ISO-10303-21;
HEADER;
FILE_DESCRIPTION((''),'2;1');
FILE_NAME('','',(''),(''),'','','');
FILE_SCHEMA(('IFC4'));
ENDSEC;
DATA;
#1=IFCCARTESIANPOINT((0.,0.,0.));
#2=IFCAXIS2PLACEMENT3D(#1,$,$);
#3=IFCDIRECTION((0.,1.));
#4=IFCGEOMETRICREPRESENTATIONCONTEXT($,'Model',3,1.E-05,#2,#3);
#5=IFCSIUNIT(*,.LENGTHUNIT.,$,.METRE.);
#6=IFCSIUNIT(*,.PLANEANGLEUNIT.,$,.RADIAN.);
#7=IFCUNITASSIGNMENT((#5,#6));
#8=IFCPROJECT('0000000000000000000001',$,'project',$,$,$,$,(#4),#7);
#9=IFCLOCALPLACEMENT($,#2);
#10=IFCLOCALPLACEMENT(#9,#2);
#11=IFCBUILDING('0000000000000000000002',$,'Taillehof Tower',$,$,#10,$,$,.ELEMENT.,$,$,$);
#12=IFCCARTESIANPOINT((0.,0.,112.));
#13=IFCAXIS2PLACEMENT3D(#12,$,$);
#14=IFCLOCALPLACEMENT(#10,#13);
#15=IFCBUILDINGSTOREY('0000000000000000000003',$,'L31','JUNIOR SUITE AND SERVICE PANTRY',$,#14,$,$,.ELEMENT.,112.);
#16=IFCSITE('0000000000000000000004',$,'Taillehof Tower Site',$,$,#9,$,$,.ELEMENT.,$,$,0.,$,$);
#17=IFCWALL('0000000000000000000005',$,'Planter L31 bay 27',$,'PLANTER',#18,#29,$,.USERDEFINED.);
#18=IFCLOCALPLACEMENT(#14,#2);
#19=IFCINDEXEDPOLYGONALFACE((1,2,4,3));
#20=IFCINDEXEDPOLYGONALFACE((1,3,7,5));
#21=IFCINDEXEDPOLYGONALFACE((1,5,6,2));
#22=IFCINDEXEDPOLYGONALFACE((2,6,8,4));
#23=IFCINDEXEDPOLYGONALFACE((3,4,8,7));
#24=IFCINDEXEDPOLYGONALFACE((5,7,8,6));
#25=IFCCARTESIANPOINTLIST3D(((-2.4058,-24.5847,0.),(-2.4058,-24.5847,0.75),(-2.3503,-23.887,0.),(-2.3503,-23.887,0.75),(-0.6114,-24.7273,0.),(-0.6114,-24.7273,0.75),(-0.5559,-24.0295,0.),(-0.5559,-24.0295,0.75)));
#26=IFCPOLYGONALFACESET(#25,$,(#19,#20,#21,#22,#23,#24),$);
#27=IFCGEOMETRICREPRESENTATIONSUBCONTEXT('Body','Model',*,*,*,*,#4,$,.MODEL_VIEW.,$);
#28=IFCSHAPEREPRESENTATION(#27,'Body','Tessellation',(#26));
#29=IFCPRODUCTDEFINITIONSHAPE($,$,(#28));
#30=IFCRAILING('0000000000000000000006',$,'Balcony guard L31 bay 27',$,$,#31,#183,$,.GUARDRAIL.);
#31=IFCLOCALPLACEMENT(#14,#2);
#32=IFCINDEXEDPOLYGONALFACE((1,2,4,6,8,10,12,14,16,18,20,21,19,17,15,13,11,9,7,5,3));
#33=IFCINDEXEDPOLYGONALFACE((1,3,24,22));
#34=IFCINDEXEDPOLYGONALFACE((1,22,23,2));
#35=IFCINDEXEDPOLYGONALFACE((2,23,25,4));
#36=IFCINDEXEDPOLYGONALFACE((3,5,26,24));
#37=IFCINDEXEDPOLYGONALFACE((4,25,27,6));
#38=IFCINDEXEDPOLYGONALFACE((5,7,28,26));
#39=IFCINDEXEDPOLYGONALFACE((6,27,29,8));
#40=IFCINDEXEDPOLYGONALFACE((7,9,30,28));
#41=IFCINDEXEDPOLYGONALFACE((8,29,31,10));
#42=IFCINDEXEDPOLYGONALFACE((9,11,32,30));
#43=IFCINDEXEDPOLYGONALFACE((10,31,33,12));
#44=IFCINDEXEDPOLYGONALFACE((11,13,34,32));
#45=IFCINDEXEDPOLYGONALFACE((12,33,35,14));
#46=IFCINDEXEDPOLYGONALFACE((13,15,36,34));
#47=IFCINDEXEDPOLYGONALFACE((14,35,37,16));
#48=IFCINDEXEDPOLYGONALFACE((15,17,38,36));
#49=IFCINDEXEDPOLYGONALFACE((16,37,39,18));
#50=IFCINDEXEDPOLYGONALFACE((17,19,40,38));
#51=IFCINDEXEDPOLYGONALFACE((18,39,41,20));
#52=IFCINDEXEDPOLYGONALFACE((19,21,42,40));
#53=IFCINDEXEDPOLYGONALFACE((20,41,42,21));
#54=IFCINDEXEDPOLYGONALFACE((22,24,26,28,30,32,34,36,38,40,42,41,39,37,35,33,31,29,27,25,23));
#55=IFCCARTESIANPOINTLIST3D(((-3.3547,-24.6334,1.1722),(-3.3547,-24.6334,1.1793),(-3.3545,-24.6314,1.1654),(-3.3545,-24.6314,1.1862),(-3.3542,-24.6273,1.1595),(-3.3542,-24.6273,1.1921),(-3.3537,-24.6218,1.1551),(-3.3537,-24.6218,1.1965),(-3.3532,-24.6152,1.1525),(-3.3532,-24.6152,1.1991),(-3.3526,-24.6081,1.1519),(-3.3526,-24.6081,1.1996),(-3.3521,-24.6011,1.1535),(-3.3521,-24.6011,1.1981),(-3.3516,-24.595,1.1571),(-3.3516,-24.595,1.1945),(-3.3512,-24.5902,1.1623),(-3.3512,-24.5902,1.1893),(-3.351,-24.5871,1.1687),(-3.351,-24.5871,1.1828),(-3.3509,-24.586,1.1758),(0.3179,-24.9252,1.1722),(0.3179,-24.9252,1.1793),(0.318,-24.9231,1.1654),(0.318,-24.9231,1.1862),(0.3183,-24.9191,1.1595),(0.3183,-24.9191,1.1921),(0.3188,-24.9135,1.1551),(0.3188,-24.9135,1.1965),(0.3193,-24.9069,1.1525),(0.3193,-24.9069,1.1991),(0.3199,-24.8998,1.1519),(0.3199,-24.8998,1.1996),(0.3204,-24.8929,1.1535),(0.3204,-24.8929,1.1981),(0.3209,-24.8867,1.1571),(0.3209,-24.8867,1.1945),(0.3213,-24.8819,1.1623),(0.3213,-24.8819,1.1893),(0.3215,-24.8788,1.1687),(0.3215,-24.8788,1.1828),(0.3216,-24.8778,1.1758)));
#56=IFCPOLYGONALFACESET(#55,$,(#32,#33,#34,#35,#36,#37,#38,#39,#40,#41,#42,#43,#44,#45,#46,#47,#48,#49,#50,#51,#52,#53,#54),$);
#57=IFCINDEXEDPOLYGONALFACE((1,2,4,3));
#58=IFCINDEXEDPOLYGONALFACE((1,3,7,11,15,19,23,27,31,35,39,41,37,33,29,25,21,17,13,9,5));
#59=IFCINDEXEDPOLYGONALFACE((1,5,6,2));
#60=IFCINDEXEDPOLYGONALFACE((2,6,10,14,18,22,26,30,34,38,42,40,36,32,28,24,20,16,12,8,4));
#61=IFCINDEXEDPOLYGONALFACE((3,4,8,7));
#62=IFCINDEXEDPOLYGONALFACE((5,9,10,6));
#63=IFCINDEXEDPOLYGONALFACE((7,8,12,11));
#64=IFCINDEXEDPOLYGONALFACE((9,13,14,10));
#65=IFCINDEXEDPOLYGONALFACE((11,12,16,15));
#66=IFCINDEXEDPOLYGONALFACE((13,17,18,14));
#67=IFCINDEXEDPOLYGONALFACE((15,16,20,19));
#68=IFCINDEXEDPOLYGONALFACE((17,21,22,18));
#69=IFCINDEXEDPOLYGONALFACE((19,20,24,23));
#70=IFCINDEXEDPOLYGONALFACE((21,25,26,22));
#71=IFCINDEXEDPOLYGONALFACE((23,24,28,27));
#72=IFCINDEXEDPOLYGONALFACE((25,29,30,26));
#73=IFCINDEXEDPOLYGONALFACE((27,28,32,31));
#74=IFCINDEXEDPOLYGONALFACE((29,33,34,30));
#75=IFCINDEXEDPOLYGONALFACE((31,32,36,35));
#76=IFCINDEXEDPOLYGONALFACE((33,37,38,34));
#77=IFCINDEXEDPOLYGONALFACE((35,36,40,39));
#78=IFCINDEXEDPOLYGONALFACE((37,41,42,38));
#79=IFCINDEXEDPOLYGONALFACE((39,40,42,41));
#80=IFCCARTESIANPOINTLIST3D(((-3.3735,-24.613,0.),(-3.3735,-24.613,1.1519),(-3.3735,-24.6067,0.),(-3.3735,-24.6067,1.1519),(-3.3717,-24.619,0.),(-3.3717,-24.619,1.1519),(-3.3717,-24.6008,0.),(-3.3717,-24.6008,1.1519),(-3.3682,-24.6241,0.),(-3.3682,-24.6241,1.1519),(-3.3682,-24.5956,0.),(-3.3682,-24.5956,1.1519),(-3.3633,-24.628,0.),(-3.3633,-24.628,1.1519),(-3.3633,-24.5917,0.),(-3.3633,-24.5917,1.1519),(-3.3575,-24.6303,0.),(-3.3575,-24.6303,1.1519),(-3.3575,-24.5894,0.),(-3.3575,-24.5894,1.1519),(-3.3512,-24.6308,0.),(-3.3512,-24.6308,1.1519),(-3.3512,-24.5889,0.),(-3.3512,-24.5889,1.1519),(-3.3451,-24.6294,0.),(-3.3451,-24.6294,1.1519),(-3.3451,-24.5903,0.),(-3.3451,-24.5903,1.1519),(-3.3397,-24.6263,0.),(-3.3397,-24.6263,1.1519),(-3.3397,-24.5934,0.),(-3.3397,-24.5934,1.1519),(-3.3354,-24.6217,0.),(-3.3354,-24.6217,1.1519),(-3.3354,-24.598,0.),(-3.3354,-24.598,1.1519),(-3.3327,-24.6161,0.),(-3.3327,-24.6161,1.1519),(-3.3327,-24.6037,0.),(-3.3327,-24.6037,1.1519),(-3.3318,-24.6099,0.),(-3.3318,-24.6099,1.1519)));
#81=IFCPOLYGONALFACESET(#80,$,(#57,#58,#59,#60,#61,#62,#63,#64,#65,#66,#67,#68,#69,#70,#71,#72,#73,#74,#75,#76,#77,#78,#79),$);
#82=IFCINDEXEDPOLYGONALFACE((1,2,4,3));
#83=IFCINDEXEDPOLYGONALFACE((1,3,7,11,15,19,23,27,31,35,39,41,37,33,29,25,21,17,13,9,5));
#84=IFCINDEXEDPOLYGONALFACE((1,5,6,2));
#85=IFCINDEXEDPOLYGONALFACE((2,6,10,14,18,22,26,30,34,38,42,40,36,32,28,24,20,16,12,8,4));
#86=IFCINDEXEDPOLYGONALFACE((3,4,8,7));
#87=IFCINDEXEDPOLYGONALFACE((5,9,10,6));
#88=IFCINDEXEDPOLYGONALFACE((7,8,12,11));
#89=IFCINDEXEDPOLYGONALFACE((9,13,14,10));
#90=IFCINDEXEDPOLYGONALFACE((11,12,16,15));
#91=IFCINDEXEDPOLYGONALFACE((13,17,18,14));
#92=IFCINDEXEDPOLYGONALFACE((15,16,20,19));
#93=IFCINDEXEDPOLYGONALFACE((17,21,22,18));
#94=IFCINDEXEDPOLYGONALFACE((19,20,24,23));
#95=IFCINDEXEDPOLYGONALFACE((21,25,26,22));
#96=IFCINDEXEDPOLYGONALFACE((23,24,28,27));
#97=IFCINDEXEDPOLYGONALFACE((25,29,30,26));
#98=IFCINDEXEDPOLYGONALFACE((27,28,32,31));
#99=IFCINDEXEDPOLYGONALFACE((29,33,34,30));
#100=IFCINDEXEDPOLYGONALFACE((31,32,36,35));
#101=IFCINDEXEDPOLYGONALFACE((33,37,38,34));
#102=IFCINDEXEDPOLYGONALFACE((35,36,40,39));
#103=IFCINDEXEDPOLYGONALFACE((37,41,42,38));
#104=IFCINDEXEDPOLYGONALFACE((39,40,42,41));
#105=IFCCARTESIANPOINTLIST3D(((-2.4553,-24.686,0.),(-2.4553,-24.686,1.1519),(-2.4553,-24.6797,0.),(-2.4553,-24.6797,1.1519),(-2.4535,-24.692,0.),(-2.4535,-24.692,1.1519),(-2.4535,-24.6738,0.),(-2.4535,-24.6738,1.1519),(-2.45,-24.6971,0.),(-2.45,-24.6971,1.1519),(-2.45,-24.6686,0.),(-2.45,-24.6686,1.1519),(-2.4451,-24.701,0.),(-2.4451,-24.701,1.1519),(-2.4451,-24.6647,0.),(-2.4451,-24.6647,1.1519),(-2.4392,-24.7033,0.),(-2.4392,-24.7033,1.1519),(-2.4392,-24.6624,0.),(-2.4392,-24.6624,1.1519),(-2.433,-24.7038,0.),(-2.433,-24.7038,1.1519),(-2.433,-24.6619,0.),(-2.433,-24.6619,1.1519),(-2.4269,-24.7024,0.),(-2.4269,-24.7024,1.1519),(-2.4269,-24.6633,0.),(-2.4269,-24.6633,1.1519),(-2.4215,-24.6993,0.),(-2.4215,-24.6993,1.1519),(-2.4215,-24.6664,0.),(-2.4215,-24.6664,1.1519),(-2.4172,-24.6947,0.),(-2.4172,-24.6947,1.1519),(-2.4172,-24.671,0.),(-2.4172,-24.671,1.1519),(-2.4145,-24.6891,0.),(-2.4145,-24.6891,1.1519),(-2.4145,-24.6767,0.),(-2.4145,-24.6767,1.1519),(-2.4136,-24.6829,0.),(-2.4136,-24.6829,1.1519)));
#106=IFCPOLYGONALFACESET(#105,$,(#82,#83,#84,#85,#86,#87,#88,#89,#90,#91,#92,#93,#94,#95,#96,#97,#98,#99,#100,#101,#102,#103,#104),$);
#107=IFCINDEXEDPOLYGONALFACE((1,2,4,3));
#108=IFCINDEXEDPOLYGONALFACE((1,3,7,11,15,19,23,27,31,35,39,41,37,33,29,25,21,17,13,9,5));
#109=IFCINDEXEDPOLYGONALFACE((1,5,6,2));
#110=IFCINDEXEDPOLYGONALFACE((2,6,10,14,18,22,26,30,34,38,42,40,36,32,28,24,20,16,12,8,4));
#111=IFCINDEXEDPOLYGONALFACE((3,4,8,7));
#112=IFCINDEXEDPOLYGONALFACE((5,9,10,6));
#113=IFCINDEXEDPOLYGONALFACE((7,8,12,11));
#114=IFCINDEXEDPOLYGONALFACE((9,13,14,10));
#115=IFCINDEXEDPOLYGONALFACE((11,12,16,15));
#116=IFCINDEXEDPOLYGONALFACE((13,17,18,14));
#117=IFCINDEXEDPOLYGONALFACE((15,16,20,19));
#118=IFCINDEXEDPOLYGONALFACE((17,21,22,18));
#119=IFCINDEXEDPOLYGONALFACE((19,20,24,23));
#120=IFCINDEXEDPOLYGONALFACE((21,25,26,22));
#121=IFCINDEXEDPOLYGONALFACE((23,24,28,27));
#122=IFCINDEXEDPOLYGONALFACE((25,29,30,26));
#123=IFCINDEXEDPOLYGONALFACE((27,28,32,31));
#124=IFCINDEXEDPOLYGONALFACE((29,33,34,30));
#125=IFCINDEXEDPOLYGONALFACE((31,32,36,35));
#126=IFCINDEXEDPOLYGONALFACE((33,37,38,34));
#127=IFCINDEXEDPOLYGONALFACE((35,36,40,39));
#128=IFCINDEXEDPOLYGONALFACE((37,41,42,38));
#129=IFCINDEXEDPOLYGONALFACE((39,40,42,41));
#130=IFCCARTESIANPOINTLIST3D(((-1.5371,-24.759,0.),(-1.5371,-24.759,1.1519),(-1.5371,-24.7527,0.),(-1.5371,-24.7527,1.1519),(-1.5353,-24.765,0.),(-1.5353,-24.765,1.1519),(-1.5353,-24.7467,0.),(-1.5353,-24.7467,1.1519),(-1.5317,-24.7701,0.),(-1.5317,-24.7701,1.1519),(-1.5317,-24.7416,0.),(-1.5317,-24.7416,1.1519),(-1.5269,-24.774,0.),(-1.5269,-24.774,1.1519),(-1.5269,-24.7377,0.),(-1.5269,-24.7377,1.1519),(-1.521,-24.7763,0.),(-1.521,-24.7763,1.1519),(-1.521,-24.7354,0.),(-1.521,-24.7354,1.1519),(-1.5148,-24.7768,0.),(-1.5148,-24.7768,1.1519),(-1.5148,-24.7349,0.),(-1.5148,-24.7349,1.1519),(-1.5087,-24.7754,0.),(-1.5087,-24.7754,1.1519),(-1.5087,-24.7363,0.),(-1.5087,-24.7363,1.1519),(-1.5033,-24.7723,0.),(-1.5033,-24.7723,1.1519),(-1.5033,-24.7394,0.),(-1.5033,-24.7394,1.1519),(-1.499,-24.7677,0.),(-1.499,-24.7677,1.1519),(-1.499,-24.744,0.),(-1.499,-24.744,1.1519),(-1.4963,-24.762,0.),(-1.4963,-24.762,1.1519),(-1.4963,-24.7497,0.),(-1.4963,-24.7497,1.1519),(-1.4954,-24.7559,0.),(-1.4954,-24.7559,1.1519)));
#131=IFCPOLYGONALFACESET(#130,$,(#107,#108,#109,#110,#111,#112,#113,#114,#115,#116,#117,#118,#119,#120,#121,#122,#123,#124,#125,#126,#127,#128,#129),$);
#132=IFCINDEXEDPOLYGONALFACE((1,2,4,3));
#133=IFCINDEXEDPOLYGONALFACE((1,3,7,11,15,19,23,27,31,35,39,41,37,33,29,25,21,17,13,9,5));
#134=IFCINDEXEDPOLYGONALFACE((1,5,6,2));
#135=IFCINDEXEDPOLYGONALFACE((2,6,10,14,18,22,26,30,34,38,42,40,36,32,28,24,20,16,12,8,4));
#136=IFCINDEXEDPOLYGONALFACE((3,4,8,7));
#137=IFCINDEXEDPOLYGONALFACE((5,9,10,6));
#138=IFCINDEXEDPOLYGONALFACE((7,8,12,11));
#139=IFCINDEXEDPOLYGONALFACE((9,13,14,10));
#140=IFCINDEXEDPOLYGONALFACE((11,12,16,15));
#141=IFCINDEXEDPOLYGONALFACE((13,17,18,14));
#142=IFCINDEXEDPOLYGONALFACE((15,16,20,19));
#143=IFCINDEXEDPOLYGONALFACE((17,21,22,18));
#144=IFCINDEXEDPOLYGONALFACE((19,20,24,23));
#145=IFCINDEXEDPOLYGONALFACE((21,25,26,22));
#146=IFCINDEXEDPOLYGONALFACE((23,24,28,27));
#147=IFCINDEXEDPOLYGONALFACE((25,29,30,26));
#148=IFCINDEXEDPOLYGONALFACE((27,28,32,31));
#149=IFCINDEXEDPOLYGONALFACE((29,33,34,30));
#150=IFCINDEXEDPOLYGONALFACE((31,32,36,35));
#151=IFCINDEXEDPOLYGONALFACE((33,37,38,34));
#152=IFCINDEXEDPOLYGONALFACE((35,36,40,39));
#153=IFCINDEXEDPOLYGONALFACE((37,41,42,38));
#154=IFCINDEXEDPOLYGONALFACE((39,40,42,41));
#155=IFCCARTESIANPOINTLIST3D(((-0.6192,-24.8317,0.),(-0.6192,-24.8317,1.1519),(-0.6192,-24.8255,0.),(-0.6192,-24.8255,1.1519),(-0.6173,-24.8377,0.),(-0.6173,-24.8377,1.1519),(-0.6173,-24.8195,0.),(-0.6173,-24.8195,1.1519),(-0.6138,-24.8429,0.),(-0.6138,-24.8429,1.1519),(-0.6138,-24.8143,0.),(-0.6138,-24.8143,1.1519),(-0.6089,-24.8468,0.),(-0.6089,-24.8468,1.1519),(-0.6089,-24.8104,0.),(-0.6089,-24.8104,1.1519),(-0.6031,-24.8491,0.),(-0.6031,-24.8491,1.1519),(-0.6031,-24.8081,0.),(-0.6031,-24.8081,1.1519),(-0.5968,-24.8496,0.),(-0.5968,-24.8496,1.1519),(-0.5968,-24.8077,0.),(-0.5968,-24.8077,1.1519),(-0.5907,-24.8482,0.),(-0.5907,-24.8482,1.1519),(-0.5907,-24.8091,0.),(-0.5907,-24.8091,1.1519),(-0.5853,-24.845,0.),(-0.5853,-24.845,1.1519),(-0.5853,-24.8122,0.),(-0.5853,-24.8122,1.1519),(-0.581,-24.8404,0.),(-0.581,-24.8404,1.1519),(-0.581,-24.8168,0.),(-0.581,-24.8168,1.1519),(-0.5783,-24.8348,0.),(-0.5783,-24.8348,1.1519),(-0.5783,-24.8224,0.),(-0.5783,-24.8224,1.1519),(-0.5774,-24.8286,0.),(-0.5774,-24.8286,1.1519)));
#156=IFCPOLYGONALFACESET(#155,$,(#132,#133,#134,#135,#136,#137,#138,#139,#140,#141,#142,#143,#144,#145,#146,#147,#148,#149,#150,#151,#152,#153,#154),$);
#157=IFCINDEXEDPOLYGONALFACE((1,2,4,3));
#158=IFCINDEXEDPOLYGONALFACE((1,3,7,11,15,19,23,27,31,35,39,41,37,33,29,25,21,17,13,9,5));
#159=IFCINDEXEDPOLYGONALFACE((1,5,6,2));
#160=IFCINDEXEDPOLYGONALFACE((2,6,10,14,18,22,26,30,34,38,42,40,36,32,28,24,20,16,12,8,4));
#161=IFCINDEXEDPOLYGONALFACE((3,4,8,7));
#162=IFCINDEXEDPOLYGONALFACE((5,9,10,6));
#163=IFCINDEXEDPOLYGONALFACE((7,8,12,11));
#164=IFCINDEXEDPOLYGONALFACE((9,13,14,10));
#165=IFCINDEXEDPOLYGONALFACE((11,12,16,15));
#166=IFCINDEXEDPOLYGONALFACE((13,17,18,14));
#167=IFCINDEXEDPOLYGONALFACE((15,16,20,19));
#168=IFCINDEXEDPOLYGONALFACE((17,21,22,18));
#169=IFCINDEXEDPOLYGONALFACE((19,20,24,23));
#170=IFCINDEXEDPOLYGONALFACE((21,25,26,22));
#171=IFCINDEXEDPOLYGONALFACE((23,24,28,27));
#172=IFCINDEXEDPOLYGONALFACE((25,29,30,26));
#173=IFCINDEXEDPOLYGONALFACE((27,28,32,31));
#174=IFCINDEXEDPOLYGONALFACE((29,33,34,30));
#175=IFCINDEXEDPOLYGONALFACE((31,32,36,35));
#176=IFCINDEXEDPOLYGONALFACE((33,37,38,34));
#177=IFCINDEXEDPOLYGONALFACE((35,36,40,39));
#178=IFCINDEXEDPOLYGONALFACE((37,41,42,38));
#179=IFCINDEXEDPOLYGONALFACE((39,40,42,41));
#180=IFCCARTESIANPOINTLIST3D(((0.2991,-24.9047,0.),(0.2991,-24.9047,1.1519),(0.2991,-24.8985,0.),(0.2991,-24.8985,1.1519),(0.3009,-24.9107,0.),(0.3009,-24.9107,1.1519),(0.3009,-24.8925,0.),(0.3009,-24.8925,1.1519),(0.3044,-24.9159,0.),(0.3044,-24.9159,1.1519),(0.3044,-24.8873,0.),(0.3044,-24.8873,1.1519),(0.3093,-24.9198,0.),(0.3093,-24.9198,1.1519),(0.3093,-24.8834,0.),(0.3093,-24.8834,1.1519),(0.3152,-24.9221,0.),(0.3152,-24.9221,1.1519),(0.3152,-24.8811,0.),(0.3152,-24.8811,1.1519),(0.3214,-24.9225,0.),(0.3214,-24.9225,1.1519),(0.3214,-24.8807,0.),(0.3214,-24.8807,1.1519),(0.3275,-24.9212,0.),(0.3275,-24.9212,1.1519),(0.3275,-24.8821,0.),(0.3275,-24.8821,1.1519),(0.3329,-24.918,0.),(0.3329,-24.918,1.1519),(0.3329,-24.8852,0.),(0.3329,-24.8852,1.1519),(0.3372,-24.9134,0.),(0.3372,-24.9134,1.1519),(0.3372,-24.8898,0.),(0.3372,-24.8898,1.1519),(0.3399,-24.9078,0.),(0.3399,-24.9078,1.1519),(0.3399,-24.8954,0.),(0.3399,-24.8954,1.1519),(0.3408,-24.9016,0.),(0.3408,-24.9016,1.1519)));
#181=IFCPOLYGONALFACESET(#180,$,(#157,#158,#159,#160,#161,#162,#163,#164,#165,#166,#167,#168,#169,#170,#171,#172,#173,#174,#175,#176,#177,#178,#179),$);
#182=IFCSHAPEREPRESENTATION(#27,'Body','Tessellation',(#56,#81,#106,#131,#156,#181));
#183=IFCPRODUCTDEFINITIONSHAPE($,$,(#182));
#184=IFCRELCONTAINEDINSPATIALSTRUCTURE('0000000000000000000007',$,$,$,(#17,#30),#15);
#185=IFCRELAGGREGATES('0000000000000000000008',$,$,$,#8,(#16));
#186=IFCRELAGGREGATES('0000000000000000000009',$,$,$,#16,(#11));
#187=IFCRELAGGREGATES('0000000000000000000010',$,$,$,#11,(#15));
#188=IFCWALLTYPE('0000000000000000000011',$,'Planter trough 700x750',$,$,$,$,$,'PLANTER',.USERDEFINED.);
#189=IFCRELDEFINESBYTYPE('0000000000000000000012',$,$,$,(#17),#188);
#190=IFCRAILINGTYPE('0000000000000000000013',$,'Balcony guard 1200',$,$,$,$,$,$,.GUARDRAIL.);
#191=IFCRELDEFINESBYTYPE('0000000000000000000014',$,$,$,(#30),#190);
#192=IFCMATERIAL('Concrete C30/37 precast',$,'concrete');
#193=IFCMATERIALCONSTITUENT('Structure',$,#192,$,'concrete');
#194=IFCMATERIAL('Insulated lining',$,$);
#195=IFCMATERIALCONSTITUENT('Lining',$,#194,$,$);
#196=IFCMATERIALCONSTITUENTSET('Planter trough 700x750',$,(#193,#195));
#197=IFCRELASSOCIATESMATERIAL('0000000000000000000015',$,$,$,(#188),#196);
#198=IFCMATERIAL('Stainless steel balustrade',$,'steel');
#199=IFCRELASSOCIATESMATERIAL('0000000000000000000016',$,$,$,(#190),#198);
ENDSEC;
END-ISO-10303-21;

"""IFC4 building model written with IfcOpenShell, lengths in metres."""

from ifc_helpers import new_model, si_unit, direction, frame, frame_2d, origin, origin_2d, place, context, subcontext, project, spatial, rectangle, circle, extrude, material, constituent, constituent_set, type_object, element, save


model = new_model("IFC4")

# Units and contexts
model_context = context("Model", 3, precision=1e-05, world=origin(), true_north=direction((0.0, 1.0)))
body_context = subcontext(model_context, "Body", "Model", "MODEL_VIEW")
ifc_project = project(units=[si_unit("LENGTHUNIT", "METRE"), si_unit("PLANEANGLEUNIT", "RADIAN")], contexts=[model_context])

# Site, building, storey
site_placement = place(None, origin())
site = spatial("IfcSite", under=ifc_project, at=site_placement, Name="Taillehof Tower Site", CompositionType="ELEMENT", RefElevation=0.0)
building_placement = place(site_placement, origin())
building = spatial("IfcBuilding", under=site, at=building_placement, Name="Taillehof Tower", CompositionType="ELEMENT")
storey_placement = place(building_placement, frame((0.0, 0.0, 112.0)))
storey = spatial("IfcBuildingStorey", under=building, at=storey_placement, Name="L31", Description="JUNIOR SUITE AND SERVICE PANTRY", CompositionType="ELEMENT", Elevation=112.0)

# Wall
ifc_material_1 = material(Name="Concrete C30/37 precast", Category="concrete")
ifc_constituent_1 = constituent(ifc_material_1, Name="Structure", Category="concrete")
ifc_material_2 = material(Name="Insulated lining")
ifc_constituent_2 = constituent(ifc_material_2, Name="Lining")
ifc_constituent_set = constituent_set(constituents=[ifc_constituent_1, ifc_constituent_2], Name="Planter trough 700x750")
wall_type_1 = type_object("IfcWallType", Name="Planter trough 700x750", ElementType="PLANTER", PredefinedType="USERDEFINED", material=ifc_constituent_set)
wall_1_placement = place(storey_placement, frame((-2.3779, -24.2358, 0.0), z_axis=(0.0, 0.0, 1.0), x_axis=(0.996858, -0.079206, 0.0)))
element("IfcWall", 1, at=wall_1_placement, inside=storey, type_object=wall_type_1, Name="Planter L31 bay 27", ObjectType="PLANTER", PredefinedType="USERDEFINED", context=body_context, shape_type="SweptSolid", body=[
    extrude(rectangle(XDim=1.8, YDim=0.7, at=frame_2d((0.8999, 0.0))), origin(), (0.0, 0.0, 1.0), 0.75),
])

# Railing
ifc_material_3 = material(Name="Stainless steel balustrade", Category="steel")
railing_type = type_object("IfcRailingType", Name="Balcony guard 1200", PredefinedType="GUARDRAIL", material=ifc_material_3)
railing_placement = place(storey_placement, frame((-3.3528, -24.6099, 0.0)))
element("IfcRailing", 2, at=railing_placement, inside=storey, type_object=railing_type, Name="Balcony guard L31 bay 27", PredefinedType="GUARDRAIL", context=body_context, shape_type="SweptSolid", body=[
    extrude(circle(Radius=0.0239, at=origin_2d()), frame((0.0, 0.0, 1.1758), z_axis=(0.99686, -0.079189, 0.0), x_axis=(0.079189, 0.99686, 0.0)), (0.0, 0.0, 1.0), 3.6841),
    extrude(circle(Radius=0.021, at=origin_2d()), origin(), (0.0, 0.0, 1.0), 1.1519),
    extrude(circle(Radius=0.021, at=origin_2d()), frame((0.9182, -0.073, 0.0)), (0.0, 0.0, 1.0), 1.1519),
    extrude(circle(Radius=0.021, at=origin_2d()), frame((1.8364, -0.146, 0.0)), (0.0, 0.0, 1.0), 1.1519),
    extrude(circle(Radius=0.021, at=origin_2d()), frame((2.7544, -0.2188, 0.0)), (0.0, 0.0, 1.0), 1.1519),
    extrude(circle(Radius=0.021, at=origin_2d()), frame((3.6726, -0.2917, 0.0)), (0.0, 0.0, 1.0), 1.1519),
])

save(model, "model.ifc")
